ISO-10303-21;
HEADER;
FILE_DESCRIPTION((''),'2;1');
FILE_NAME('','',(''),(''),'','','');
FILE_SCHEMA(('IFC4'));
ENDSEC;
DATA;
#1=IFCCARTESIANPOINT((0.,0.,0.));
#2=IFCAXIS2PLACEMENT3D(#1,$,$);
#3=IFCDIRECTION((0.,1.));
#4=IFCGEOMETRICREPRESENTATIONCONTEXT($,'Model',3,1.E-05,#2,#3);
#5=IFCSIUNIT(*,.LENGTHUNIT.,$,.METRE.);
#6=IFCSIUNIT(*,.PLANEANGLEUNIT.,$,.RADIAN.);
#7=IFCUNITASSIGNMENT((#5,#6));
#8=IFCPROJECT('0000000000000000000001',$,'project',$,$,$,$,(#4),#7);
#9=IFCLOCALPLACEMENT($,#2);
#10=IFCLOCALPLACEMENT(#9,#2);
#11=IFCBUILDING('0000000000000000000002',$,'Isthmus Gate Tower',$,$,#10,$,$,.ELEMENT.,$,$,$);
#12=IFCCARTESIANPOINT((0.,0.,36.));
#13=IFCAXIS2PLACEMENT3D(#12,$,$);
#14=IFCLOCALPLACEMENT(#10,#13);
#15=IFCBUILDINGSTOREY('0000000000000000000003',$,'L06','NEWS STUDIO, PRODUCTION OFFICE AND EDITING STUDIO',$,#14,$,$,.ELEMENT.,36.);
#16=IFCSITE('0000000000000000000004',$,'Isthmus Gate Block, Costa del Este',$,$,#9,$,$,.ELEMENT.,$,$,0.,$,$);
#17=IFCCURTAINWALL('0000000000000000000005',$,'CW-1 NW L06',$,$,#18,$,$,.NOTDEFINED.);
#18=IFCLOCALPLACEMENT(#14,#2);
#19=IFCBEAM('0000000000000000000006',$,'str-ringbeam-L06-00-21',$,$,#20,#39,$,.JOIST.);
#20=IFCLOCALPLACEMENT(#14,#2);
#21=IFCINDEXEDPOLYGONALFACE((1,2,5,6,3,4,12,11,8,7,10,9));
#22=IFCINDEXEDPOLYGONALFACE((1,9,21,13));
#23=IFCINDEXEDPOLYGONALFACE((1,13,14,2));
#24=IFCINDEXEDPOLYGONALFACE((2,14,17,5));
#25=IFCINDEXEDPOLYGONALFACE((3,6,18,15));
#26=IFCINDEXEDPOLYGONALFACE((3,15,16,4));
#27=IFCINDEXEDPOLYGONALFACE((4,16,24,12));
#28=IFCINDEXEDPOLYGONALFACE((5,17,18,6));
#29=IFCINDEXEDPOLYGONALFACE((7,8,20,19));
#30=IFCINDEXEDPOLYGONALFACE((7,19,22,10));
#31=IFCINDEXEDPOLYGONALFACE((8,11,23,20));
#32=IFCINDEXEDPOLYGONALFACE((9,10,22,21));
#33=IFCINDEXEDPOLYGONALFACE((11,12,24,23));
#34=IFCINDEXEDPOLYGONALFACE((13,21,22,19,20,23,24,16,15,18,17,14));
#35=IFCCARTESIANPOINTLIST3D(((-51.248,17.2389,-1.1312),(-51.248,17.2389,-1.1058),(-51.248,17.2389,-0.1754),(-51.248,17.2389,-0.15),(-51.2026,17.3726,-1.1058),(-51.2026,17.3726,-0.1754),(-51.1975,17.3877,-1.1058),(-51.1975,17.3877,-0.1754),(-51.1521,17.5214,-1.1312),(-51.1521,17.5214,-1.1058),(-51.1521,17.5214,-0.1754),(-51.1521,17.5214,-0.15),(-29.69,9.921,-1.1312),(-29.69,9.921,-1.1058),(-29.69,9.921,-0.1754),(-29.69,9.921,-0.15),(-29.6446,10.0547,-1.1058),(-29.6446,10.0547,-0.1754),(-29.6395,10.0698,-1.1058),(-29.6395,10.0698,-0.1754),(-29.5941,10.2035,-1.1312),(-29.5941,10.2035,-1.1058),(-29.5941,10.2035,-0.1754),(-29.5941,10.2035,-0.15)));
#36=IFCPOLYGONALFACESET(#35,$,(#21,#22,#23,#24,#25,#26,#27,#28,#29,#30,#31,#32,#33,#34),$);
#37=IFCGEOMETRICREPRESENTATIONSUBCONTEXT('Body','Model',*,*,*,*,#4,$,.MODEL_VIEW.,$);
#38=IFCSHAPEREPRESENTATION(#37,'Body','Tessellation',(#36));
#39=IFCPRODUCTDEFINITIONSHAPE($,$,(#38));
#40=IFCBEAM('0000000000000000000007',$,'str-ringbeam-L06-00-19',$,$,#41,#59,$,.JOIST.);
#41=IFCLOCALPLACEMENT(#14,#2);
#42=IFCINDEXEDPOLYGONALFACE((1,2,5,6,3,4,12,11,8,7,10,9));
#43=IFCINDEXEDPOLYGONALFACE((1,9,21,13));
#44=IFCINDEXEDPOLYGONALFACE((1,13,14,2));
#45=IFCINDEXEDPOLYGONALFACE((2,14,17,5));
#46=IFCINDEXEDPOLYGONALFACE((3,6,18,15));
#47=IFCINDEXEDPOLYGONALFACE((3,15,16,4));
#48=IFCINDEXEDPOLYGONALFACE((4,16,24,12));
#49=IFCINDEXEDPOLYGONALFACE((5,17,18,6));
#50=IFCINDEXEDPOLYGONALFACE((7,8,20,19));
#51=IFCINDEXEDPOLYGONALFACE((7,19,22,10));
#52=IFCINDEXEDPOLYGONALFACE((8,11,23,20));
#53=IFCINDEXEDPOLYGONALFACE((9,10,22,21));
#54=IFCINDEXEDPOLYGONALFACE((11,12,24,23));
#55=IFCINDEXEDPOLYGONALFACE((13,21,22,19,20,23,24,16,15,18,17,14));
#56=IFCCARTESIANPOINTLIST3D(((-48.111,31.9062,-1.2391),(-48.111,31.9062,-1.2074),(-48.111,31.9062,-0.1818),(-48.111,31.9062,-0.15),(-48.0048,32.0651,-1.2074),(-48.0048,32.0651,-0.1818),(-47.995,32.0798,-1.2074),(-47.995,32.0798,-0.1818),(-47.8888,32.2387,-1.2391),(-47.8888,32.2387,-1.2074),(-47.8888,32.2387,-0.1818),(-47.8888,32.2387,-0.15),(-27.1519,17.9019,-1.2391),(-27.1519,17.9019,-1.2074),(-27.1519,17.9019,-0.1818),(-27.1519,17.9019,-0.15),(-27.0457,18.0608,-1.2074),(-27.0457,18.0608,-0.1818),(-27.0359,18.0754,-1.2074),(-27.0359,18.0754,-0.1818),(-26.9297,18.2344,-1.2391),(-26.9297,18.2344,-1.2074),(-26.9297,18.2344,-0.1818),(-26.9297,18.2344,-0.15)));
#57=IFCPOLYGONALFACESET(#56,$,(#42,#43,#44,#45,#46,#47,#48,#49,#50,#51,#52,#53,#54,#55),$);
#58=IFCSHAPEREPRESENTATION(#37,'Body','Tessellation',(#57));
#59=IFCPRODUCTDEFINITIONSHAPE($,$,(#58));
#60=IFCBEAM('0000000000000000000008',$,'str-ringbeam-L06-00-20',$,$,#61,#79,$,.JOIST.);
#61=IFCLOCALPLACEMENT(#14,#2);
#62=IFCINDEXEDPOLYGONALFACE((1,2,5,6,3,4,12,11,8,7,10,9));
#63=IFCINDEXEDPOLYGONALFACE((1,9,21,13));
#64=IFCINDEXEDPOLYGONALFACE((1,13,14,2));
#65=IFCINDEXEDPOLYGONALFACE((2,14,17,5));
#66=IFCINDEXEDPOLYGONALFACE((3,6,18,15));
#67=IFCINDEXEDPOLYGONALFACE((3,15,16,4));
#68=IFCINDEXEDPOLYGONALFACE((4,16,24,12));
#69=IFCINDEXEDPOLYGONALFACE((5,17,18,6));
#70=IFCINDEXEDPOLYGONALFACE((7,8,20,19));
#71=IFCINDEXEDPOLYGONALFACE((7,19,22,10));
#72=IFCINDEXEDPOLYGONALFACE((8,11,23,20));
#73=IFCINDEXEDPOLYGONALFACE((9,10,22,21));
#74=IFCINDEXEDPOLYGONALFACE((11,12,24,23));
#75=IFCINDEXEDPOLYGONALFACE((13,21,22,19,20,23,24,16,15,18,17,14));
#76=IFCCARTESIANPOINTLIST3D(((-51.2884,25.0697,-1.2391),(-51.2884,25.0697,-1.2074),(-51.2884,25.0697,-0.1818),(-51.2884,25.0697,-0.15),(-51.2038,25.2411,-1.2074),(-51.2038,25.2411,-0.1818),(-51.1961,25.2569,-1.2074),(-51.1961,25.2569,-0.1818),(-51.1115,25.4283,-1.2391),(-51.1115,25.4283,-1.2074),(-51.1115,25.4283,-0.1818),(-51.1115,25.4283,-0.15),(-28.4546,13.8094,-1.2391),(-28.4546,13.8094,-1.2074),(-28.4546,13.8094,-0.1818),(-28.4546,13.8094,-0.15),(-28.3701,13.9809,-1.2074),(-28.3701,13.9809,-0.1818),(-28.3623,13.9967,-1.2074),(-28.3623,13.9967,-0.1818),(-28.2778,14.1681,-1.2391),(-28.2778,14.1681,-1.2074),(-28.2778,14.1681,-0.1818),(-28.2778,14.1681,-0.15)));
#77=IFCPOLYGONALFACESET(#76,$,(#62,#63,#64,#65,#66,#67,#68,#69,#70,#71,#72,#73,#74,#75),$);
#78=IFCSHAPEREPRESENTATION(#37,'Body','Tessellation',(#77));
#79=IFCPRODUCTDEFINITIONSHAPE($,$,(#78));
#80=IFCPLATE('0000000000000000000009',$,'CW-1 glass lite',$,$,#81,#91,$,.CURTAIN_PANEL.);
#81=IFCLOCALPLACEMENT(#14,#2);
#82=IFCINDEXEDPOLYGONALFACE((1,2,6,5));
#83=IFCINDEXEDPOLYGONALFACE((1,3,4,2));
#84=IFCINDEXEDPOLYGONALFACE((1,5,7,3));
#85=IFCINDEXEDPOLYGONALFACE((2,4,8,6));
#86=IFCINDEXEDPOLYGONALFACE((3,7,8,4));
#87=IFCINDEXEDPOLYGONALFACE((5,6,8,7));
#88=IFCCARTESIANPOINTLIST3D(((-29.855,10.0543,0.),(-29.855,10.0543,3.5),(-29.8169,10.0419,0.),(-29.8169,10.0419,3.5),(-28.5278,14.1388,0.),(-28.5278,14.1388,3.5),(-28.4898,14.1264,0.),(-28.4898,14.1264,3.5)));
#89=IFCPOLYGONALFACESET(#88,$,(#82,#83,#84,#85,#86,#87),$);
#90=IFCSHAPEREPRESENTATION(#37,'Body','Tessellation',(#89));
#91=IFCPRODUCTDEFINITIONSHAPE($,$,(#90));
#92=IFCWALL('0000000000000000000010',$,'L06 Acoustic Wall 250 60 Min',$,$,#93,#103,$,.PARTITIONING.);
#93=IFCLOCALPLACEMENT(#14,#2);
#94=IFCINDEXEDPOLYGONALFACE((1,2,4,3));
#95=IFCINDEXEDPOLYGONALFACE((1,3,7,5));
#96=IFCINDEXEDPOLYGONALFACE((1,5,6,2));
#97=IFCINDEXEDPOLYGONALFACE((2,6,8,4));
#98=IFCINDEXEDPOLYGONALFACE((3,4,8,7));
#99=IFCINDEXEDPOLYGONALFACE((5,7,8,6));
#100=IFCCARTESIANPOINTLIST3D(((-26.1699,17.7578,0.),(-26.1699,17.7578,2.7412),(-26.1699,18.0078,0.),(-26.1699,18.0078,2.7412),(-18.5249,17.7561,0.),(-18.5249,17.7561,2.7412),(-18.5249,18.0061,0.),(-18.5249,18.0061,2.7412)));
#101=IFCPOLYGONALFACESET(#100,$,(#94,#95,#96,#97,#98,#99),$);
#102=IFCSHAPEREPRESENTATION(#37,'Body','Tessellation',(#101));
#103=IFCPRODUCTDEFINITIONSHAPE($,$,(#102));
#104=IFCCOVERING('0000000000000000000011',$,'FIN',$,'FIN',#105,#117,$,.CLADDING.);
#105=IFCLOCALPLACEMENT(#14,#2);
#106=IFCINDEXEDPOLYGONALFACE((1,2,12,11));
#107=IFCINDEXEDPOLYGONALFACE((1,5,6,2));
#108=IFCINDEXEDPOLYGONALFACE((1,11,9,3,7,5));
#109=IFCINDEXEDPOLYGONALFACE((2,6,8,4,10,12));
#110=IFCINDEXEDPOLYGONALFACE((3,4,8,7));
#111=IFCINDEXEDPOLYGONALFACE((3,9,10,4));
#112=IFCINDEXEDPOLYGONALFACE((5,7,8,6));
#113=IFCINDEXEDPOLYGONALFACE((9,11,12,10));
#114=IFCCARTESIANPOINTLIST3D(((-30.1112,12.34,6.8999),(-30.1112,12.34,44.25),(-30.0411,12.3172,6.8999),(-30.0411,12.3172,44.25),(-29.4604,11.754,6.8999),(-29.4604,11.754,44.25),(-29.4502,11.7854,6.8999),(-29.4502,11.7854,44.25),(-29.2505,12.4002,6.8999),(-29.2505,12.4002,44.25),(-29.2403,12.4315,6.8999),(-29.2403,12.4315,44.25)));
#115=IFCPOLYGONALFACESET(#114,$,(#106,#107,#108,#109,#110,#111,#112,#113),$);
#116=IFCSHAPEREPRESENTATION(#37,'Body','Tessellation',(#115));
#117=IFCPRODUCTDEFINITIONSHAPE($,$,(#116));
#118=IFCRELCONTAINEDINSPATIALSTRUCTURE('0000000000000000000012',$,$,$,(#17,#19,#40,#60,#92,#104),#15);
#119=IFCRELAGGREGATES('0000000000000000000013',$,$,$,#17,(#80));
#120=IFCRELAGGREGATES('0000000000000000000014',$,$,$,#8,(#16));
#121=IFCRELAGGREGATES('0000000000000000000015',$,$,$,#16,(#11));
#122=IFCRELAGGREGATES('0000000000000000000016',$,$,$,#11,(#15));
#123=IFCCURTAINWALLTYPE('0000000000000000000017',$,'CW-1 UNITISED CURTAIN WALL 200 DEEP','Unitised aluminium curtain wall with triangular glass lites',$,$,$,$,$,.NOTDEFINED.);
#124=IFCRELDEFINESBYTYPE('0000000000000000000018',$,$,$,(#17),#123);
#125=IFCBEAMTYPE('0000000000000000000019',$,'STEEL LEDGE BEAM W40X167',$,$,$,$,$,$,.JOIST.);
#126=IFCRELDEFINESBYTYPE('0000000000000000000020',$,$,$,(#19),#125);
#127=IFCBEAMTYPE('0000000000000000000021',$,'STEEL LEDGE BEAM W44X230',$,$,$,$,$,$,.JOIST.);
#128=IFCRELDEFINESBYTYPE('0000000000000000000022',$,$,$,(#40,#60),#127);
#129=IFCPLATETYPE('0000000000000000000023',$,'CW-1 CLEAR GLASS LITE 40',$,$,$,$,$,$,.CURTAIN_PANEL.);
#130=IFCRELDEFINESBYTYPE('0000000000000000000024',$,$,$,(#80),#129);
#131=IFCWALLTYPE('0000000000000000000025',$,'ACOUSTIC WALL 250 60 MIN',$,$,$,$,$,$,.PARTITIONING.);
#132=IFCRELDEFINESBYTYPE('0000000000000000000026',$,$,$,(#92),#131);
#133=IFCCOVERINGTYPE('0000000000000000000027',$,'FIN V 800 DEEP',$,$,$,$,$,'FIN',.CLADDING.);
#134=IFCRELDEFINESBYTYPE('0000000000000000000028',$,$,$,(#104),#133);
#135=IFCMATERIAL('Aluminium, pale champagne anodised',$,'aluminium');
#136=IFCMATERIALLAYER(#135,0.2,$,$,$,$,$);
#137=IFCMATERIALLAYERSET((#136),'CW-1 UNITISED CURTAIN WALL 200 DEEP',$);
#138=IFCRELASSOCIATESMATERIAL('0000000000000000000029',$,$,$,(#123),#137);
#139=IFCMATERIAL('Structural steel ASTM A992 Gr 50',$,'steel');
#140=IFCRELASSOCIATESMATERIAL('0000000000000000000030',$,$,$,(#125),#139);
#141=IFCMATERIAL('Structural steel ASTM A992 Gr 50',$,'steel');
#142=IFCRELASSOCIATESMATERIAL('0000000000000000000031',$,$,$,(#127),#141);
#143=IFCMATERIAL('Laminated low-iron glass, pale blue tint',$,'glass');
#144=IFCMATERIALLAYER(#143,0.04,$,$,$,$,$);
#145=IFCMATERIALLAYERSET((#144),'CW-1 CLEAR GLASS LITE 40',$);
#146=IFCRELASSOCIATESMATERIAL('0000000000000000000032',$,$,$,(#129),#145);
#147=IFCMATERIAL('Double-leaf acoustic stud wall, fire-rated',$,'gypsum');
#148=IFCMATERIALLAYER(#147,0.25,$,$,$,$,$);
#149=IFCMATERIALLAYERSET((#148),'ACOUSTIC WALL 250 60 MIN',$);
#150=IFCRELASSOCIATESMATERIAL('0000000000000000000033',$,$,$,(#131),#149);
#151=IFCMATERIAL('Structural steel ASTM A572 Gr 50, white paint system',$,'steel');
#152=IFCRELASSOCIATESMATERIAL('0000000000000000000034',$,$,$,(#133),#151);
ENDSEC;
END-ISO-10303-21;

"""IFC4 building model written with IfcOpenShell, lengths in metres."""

from ifc_helpers import new_model, si_unit, direction, frame, frame_2d, origin, origin_2d, place, context, subcontext, project, spatial, polyline, rectangle, i_section, outline, extrude, material, layer, layer_set, material_profile, profile_set, type_object, element, aggregate, save


model = new_model("IFC4")

# Units and contexts
model_context = context("Model", 3, precision=1e-05, world=origin(), true_north=direction((0.0, 1.0)))
body_context = subcontext(model_context, "Body", "Model", "MODEL_VIEW")
ifc_project = project(units=[si_unit("LENGTHUNIT", "METRE"), si_unit("PLANEANGLEUNIT", "RADIAN")], contexts=[model_context])

# Site, building, storey
site_placement = place(None, origin())
site = spatial("IfcSite", under=ifc_project, at=site_placement, Name="Isthmus Gate Block, Costa del Este", CompositionType="ELEMENT", RefElevation=0.0)
building_placement = place(site_placement, origin())
building = spatial("IfcBuilding", under=site, at=building_placement, Name="Isthmus Gate Tower", CompositionType="ELEMENT")
storey_placement = place(building_placement, frame((0.0, 0.0, 36.0)))
storey = spatial("IfcBuildingStorey", under=building, at=storey_placement, Name="L06", Description="NEWS STUDIO, PRODUCTION OFFICE AND EDITING STUDIO", CompositionType="ELEMENT", Elevation=36.0)

# Curtain wall
ifc_material_1 = material(Name="Aluminium, pale champagne anodised", Category="aluminium")
ifc_layer_1 = layer(ifc_material_1, 0.2)
ifc_layer_set_1 = layer_set([ifc_layer_1], Name="CW-1 UNITISED CURTAIN WALL 200 DEEP")
curtain_wall_type = type_object("IfcCurtainWallType", Name="CW-1 UNITISED CURTAIN WALL 200 DEEP", Description="Unitised aluminium curtain wall with triangular glass lites", PredefinedType="NOTDEFINED", material=ifc_layer_set_1)
curtain_wall_placement = place(storey_placement, origin())
curtain_wall = element("IfcCurtainWall", 1, at=curtain_wall_placement, inside=storey, type_object=curtain_wall_type, Name="CW-1 NW L06", PredefinedType="NOTDEFINED")

# Beams
ifc_material_2 = material(Name="Structural steel ASTM A992 Gr 50", Category="steel")
ifc_material_profile_1 = material_profile(ifc_material_2, i_section(OverallWidth=0.2983, OverallDepth=0.9812, WebThickness=0.0159, FlangeThickness=0.0254, at=origin_2d()), Name="W40X167")
ifc_profile_set_1 = profile_set([ifc_material_profile_1], Name="Structural steel ASTM A992 Gr 50")
beam_type_1 = type_object("IfcBeamType", Name="STEEL LEDGE BEAM W40X167", PredefinedType="JOIST", material=ifc_profile_set_1)
beam_1_placement = place(storey_placement, frame((-29.6421, 10.0623, -0.6406), z_axis=(-0.946931, 0.321438, 0.0), x_axis=(-0.321438, -0.946931, 0.0)))
element("IfcBeam", 2, at=beam_1_placement, inside=storey, type_object=beam_type_1, Name="str-ringbeam-L06-00-21", PredefinedType="JOIST", context=body_context, shape_type="SweptSolid", body=[
    extrude(i_section(OverallWidth=0.2983, OverallDepth=0.9812, WebThickness=0.0159, FlangeThickness=0.0254, at=origin_2d()), origin(), (0.0, 0.0, 1.0), 22.7661),
])
ifc_material_3 = material(Name="Structural steel ASTM A992 Gr 50", Category="steel")
ifc_material_profile_2 = material_profile(ifc_material_3, i_section(OverallWidth=0.3999, OverallDepth=1.0891, WebThickness=0.0176, FlangeThickness=0.0317, at=origin_2d()), Name="W44X230")
ifc_profile_set_2 = profile_set([ifc_material_profile_2], Name="Structural steel ASTM A992 Gr 50")
beam_type_2 = type_object("IfcBeamType", Name="STEEL LEDGE BEAM W44X230", PredefinedType="JOIST", material=ifc_profile_set_2)
beam_2_placement = place(storey_placement, frame((-27.0408, 18.0681, -0.6946), z_axis=(-0.831472, 0.555567, 0.0), x_axis=(-0.555567, -0.831472, 0.0)))
element("IfcBeam", 3, at=beam_2_placement, inside=storey, type_object=beam_type_2, Name="str-ringbeam-L06-00-19", PredefinedType="JOIST", context=body_context, shape_type="SweptSolid", body=[
    extrude(i_section(OverallWidth=0.3999, OverallDepth=1.0891, WebThickness=0.0176, FlangeThickness=0.0317, at=origin_2d()), origin(), (0.0, 0.0, 1.0), 25.2073),
])
beam_3_placement = place(storey_placement, frame((-28.3662, 13.9888, -0.6946), z_axis=(-0.896874, 0.442286, 0.0), x_axis=(-0.442286, -0.896874, 0.0)))
element("IfcBeam", 4, at=beam_3_placement, inside=storey, type_object=beam_type_2, Name="str-ringbeam-L06-00-20", PredefinedType="JOIST", context=body_context, shape_type="SweptSolid", body=[
    extrude(i_section(OverallWidth=0.3999, OverallDepth=1.0891, WebThickness=0.0176, FlangeThickness=0.0317, at=origin_2d()), origin(), (0.0, 0.0, 1.0), 25.4592),
])

# Plate
ifc_material_4 = material(Name="Laminated low-iron glass, pale blue tint", Category="glass")
ifc_layer_2 = layer(ifc_material_4, 0.04)
ifc_layer_set_2 = layer_set([ifc_layer_2], Name="CW-1 CLEAR GLASS LITE 40")
plate_type = type_object("IfcPlateType", Name="CW-1 CLEAR GLASS LITE 40", PredefinedType="CURTAIN_PANEL", material=ifc_layer_set_2)
plate_placement = place(storey_placement, frame((-29.1724, 12.0903, 0.0), z_axis=(0.0, 0.0, 1.0), x_axis=(-0.309017, -0.951057, 0.0)))
plate = element("IfcPlate", 5, at=plate_placement, type_object=plate_type, Name="CW-1 glass lite", PredefinedType="CURTAIN_PANEL", context=body_context, shape_type="SweptSolid", body=[
    extrude(rectangle(XDim=4.2947, YDim=0.04, at=origin_2d()), origin(), (0.0, 0.0, 1.0), 3.5),
])
aggregate(curtain_wall, [plate])

# Wall
ifc_material_5 = material(Name="Double-leaf acoustic stud wall, fire-rated", Category="gypsum")
ifc_layer_3 = layer(ifc_material_5, 0.25)
ifc_layer_set_3 = layer_set([ifc_layer_3], Name="ACOUSTIC WALL 250 60 MIN")
wall_type = type_object("IfcWallType", Name="ACOUSTIC WALL 250 60 MIN", PredefinedType="PARTITIONING", material=ifc_layer_set_3)
wall_placement = place(storey_placement, frame((-26.1699, 17.8828, 0.0), z_axis=(0.0, 0.0, 1.0), x_axis=(1.0, -0.000224, 0.0)))
element("IfcWall", 6, at=wall_placement, inside=storey, type_object=wall_type, Name="L06 Acoustic Wall 250 60 Min", PredefinedType="PARTITIONING", context=body_context, shape_type="SweptSolid", body=[
    extrude(rectangle(XDim=7.645, YDim=0.25, at=frame_2d((3.8225, 0.0))), origin(), (0.0, 0.0, 1.0), 2.7412),
])

# Covering
ifc_material_6 = material(Name="Structural steel ASTM A572 Gr 50, white paint system", Category="steel")
ifc_material_profile_3 = material_profile(ifc_material_6, outline(polyline([(0.0, -0.3562), (0.8, 0.0), (0.0, 0.3562), (0.0, 0.3232), (0.7263, 0.0), (0.0, -0.3232), (0.0, -0.3562)])), Name="V800")
ifc_profile_set_3 = profile_set([ifc_material_profile_3], Name="Structural steel ASTM A572 Gr 50, white paint system")
covering_type = type_object("IfcCoveringType", Name="FIN V 800 DEEP", ElementType="FIN", PredefinedType="CLADDING", material=ifc_profile_set_3)
for number, where, z_axis, x_axis, name in (
    (7, (-29.3503, 12.0928, 6.8999), (0.0, 0.0, 1.0), (-0.951057, 0.309017, 0.0), "FIN"),
):
    element("IfcCovering", number, at=place(storey_placement, frame(where, z_axis=z_axis, x_axis=x_axis)), inside=storey, type_object=covering_type, Name=name, ObjectType="FIN", PredefinedType="CLADDING", context=body_context, shape_type="SweptSolid", body=[
        extrude(outline(polyline([(0.0, -0.3562), (0.8, 0.0), (0.0, 0.3562), (0.0, 0.3232), (0.7263, 0.0), (0.0, -0.3232), (0.0, -0.3562)])), origin(), (0.0, 0.0, 1.0), 37.3501),
    ])

save(model, "model.ifc")
